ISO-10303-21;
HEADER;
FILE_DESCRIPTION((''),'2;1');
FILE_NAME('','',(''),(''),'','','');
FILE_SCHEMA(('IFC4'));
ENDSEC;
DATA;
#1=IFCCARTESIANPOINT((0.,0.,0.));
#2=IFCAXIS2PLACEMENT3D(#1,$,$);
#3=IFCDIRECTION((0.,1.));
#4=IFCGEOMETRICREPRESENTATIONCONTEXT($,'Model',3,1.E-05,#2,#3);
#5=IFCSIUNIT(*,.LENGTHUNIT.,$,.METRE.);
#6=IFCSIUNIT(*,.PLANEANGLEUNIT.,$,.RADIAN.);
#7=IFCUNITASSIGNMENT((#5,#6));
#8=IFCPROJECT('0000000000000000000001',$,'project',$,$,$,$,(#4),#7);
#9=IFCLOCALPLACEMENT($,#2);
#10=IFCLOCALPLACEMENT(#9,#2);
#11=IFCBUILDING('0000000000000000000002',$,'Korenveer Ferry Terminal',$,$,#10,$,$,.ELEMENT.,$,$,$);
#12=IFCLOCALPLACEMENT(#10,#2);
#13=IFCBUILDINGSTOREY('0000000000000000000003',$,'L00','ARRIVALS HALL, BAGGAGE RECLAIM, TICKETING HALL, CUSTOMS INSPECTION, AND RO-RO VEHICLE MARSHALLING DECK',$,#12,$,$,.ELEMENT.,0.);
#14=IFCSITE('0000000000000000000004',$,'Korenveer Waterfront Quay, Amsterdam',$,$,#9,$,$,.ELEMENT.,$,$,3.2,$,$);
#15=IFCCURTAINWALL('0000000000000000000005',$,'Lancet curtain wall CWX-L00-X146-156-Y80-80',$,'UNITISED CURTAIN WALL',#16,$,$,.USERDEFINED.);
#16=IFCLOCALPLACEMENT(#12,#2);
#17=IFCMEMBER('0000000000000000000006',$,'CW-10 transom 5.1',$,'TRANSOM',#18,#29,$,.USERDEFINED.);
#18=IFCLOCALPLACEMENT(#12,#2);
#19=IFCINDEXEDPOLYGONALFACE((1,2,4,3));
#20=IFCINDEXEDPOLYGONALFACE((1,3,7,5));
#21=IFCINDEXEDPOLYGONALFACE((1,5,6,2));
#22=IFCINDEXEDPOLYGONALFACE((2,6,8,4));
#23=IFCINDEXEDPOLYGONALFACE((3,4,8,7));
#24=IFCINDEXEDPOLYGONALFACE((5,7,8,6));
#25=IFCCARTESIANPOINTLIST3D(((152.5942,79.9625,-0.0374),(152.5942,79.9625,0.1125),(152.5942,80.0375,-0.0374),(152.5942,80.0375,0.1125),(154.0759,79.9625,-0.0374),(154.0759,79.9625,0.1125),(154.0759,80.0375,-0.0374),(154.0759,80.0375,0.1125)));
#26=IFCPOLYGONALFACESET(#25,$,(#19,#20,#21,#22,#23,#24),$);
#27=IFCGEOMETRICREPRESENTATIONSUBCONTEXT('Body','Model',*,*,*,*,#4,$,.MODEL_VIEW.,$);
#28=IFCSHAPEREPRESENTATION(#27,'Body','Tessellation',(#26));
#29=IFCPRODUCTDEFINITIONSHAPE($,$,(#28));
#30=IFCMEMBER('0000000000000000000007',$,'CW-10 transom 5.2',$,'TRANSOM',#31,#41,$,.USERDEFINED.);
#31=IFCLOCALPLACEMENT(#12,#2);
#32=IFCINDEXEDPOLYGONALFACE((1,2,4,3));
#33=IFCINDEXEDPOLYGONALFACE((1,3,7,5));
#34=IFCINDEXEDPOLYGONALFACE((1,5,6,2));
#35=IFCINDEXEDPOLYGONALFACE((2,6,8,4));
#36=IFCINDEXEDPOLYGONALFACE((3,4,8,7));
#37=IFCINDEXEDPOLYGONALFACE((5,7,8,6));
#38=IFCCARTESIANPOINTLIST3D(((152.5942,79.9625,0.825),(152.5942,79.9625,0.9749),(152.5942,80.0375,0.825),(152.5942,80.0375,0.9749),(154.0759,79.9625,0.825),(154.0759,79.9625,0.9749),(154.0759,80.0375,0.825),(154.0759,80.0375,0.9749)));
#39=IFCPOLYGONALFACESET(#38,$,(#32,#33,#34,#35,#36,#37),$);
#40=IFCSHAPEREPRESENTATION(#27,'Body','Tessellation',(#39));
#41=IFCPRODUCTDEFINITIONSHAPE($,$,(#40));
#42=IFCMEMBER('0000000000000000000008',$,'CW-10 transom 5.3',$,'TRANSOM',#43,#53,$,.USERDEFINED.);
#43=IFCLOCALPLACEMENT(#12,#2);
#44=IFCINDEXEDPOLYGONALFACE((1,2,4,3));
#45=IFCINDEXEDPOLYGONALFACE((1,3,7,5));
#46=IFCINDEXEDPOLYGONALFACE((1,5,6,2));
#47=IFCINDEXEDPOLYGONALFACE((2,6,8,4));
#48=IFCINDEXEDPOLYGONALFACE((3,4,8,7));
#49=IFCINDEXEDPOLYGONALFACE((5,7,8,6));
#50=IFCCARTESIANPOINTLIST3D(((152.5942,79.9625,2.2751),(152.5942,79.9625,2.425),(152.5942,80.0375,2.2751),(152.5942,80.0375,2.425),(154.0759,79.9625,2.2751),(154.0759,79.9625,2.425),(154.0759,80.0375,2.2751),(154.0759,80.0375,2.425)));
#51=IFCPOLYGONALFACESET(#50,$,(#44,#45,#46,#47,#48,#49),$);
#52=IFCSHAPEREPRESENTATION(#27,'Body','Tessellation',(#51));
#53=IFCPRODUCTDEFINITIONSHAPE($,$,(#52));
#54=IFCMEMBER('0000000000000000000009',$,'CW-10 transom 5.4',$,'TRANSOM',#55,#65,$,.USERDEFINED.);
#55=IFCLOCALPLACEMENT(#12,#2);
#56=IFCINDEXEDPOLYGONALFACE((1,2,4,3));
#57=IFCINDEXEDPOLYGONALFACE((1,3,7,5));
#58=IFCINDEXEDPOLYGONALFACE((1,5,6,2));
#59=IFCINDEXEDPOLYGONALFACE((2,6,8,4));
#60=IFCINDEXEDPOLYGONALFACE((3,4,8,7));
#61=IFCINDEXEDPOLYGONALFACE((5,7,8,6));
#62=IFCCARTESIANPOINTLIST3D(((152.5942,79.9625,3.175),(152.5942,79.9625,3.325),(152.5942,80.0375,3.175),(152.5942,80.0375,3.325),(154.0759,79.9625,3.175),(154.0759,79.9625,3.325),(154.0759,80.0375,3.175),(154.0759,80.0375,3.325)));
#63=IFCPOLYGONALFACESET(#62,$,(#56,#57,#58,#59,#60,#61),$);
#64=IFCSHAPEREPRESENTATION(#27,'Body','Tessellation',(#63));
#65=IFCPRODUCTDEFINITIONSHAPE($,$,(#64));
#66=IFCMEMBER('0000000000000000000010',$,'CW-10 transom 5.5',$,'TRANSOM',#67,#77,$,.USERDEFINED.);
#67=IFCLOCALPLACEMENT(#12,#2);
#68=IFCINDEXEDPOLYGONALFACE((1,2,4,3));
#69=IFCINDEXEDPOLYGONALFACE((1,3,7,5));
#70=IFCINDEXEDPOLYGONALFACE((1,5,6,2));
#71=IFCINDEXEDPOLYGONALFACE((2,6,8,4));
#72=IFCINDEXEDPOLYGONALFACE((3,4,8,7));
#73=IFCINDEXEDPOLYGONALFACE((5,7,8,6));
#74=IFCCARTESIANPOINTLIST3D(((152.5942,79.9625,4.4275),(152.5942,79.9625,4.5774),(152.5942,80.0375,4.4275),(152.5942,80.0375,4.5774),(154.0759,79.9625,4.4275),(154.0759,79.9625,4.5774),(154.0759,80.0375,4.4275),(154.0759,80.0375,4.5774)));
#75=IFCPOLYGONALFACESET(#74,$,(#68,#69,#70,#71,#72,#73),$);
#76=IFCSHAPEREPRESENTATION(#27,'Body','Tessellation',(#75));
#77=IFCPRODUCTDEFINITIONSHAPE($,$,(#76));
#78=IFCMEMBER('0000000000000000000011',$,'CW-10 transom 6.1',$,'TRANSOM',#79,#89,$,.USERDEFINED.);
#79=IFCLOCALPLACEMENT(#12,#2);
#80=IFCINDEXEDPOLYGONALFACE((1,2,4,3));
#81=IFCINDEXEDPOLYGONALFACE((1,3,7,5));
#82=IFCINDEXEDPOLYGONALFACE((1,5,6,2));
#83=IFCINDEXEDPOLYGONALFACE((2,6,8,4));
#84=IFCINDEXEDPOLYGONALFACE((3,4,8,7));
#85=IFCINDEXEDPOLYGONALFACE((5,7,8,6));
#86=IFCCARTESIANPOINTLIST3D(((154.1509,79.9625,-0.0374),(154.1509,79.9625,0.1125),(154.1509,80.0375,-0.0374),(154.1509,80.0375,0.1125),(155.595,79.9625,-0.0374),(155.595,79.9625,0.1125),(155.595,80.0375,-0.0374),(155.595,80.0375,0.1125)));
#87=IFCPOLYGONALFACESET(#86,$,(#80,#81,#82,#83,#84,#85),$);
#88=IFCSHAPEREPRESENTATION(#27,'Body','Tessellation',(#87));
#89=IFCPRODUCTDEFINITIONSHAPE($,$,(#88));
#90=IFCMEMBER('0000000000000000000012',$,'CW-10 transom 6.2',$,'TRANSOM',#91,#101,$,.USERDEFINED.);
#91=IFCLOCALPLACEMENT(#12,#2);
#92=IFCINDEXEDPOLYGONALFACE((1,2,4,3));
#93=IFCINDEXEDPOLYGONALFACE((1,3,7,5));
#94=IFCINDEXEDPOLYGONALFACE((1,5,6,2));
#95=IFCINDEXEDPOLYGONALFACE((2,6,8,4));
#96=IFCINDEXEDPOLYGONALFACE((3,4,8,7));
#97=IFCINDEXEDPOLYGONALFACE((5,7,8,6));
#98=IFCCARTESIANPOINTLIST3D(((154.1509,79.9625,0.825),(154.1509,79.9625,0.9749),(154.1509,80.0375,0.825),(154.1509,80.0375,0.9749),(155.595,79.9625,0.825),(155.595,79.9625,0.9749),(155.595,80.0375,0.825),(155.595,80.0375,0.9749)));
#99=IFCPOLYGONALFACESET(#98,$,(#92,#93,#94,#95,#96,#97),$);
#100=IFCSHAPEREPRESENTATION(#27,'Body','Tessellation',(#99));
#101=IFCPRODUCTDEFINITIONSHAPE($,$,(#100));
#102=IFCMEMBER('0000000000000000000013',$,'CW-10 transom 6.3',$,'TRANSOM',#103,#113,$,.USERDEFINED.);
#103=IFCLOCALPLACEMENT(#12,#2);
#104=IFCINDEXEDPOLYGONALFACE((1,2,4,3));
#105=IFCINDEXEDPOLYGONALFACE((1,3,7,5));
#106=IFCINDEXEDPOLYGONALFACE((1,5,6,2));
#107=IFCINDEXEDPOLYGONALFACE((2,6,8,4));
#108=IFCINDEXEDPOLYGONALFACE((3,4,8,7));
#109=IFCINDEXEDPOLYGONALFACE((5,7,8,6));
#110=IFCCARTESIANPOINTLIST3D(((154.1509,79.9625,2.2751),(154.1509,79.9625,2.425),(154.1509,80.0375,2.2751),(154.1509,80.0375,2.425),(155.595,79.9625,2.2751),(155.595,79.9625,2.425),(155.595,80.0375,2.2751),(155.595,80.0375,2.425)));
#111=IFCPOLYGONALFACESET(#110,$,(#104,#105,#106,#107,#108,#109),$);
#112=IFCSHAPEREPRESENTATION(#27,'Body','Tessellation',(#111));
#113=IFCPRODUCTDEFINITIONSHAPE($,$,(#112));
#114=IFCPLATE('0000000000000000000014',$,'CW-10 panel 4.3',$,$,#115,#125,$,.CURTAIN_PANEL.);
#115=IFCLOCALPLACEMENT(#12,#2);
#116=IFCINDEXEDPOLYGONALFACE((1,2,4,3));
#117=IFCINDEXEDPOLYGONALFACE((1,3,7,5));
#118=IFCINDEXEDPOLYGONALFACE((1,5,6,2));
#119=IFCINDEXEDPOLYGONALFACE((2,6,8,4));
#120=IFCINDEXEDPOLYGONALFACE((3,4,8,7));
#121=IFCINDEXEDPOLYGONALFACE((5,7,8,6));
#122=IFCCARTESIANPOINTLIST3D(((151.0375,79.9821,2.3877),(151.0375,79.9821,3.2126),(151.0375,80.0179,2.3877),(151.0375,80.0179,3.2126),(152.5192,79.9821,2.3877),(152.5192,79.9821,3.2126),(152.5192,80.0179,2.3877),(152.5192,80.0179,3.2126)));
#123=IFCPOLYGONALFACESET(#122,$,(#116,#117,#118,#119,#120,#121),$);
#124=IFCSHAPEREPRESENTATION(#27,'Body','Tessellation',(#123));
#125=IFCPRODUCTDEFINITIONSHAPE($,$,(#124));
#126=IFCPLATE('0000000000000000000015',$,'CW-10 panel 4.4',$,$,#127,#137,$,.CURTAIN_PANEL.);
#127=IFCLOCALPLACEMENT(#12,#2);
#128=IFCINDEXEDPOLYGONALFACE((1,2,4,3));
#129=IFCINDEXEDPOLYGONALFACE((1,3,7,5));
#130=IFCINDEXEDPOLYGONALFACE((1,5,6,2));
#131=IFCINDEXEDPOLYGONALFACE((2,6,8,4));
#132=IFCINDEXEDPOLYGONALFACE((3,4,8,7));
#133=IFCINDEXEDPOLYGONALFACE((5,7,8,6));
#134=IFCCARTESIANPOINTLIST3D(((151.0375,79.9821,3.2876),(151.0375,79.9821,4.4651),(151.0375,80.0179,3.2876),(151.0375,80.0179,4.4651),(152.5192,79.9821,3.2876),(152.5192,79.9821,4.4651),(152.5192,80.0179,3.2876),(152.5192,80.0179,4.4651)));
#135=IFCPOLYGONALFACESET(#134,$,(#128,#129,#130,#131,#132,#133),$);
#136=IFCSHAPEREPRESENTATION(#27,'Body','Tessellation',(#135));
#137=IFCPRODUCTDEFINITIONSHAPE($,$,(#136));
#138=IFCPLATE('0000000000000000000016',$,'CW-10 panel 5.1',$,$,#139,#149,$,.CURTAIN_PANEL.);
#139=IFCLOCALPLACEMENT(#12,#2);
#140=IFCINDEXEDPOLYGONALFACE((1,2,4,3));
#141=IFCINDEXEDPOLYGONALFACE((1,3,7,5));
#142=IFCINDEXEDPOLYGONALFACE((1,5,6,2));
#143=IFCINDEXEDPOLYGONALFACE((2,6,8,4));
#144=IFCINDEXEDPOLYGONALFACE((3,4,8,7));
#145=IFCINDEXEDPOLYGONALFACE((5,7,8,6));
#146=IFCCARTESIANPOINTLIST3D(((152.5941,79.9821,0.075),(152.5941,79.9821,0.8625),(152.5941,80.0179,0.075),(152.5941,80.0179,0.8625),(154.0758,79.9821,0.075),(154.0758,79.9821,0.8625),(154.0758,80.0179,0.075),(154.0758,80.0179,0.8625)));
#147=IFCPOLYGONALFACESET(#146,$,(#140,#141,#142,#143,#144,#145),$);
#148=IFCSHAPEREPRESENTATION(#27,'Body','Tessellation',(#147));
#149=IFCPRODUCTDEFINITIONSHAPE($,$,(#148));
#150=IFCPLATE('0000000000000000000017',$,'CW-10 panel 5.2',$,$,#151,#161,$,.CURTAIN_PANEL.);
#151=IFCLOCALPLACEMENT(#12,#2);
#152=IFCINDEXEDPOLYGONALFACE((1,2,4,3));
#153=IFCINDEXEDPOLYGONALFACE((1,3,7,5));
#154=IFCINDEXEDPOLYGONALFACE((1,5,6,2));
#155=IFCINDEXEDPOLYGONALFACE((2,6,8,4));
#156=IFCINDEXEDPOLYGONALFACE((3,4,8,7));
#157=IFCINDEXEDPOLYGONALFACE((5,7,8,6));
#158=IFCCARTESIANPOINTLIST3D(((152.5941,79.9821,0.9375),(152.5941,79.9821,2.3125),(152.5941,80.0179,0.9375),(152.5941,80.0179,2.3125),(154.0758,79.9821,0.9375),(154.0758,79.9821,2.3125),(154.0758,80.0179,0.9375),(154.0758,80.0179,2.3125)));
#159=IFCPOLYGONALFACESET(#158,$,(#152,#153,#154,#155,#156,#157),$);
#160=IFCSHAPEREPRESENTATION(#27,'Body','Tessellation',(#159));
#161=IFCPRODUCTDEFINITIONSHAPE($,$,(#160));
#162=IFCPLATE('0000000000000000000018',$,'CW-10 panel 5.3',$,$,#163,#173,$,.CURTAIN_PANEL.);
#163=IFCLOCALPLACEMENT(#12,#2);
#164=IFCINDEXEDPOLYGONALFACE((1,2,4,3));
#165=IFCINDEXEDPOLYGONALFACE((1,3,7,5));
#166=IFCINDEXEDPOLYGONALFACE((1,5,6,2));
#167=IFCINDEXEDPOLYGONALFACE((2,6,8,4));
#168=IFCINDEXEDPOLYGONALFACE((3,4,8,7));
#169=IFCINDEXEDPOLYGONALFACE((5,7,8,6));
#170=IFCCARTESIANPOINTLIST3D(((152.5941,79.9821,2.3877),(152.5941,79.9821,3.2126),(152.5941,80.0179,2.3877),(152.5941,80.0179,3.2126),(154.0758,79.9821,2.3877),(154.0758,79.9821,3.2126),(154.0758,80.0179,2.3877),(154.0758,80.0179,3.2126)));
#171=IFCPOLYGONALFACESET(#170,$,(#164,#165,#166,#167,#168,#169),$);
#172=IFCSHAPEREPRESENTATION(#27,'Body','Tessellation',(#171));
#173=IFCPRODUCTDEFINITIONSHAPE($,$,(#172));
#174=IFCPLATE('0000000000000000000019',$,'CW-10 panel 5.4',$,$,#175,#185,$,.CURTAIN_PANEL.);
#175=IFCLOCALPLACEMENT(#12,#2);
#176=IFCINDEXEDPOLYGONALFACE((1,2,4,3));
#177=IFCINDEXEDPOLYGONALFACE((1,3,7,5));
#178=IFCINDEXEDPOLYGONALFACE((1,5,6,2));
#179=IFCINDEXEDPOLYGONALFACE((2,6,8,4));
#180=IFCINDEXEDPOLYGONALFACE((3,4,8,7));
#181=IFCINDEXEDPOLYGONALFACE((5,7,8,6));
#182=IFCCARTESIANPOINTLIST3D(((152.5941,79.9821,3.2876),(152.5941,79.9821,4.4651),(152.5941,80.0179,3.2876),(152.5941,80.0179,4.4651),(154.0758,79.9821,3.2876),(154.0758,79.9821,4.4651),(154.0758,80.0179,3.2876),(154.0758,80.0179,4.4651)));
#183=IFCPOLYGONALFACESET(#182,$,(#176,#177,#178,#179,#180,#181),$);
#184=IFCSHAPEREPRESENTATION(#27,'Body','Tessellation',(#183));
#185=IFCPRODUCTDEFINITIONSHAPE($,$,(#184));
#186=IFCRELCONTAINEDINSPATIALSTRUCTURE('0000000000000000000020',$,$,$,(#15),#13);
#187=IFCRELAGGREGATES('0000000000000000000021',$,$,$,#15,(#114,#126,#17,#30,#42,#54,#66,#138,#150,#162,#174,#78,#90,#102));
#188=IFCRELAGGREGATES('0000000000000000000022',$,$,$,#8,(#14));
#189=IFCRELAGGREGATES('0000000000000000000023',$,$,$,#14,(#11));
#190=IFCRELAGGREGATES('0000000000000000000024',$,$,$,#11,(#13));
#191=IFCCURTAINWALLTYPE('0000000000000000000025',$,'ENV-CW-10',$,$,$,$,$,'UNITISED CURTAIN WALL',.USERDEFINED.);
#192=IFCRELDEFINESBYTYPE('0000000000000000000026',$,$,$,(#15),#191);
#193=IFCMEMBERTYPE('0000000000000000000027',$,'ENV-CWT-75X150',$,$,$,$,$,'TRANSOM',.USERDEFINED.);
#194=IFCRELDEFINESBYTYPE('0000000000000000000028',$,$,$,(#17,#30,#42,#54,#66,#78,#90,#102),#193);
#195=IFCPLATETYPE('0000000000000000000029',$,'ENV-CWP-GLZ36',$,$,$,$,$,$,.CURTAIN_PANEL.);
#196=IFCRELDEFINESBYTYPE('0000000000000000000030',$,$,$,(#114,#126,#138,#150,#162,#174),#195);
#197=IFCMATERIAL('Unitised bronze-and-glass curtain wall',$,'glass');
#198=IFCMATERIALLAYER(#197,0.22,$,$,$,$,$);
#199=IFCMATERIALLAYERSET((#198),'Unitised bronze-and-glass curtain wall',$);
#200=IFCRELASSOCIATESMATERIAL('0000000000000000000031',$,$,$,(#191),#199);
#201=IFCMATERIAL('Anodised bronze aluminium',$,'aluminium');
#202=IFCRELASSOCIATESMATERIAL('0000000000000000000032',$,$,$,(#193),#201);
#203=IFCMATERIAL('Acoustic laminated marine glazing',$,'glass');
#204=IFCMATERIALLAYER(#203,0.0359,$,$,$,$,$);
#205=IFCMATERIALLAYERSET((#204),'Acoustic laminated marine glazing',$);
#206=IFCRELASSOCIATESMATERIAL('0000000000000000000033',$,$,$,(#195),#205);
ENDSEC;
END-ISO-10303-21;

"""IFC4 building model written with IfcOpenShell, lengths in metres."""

from ifc_helpers import new_model, si_unit, direction, frame, origin, origin_2d, place, context, subcontext, project, spatial, rectangle, extrude, material, layer, layer_set, material_profile, profile_set, type_object, element, aggregate, save


model = new_model("IFC4")

# Units and contexts
model_context = context("Model", 3, precision=1e-05, world=origin(), true_north=direction((0.0, 1.0)))
body_context = subcontext(model_context, "Body", "Model", "MODEL_VIEW")
ifc_project = project(units=[si_unit("LENGTHUNIT", "METRE"), si_unit("PLANEANGLEUNIT", "RADIAN")], contexts=[model_context])

# Site, building, storey
site_placement = place(None, origin())
site = spatial("IfcSite", under=ifc_project, at=site_placement, Name="Korenveer Waterfront Quay, Amsterdam", CompositionType="ELEMENT", RefElevation=3.2)
building_placement = place(site_placement, origin())
building = spatial("IfcBuilding", under=site, at=building_placement, Name="Korenveer Ferry Terminal", CompositionType="ELEMENT")
storey_placement = place(building_placement, origin())
storey = spatial("IfcBuildingStorey", under=building, at=storey_placement, Name="L00", Description="ARRIVALS HALL, BAGGAGE RECLAIM, TICKETING HALL, CUSTOMS INSPECTION, AND RO-RO VEHICLE MARSHALLING DECK", CompositionType="ELEMENT", Elevation=0.0)

# Curtain wall, members, plates
ifc_material_1 = material(Name="Unitised bronze-and-glass curtain wall", Category="glass")
ifc_layer_1 = layer(ifc_material_1, 0.22)
ifc_layer_set_1 = layer_set([ifc_layer_1], Name="Unitised bronze-and-glass curtain wall")
curtain_wall_type = type_object("IfcCurtainWallType", Name="ENV-CW-10", ElementType="UNITISED CURTAIN WALL", PredefinedType="USERDEFINED", material=ifc_layer_set_1)
curtain_wall_placement = place(storey_placement, frame((146.3301, 80.0, 0.0)))
curtain_wall = element("IfcCurtainWall", 1, at=curtain_wall_placement, inside=storey, type_object=curtain_wall_type, Name="Lancet curtain wall CWX-L00-X146-156-Y80-80", ObjectType="UNITISED CURTAIN WALL", PredefinedType="USERDEFINED")
ifc_material_2 = material(Name="Anodised bronze aluminium", Category="aluminium")
ifc_material_profile_1 = material_profile(ifc_material_2, rectangle(XDim=0.075, YDim=0.1499, at=origin_2d()), Name="ALU 75x150")
ifc_profile_set_1 = profile_set([ifc_material_profile_1], Name="Anodised bronze aluminium")
member_type_1 = type_object("IfcMemberType", Name="ENV-CWT-75X150", ElementType="TRANSOM", PredefinedType="USERDEFINED", material=ifc_profile_set_1)
member_1_placement = place(storey_placement, frame((152.5942, 80.0, 0.0376), z_axis=(1.0, 0.0, 0.0), x_axis=(0.0, 1.0, 0.0)))
member_1 = element("IfcMember", 2, at=member_1_placement, type_object=member_type_1, Name="CW-10 transom 5.1", ObjectType="TRANSOM", PredefinedType="USERDEFINED", context=body_context, shape_type="SweptSolid", body=[
    extrude(rectangle(XDim=0.075, YDim=0.1499, at=origin_2d()), origin(), (0.0, 0.0, 1.0), 1.4817),
])
member_2_placement = place(storey_placement, frame((152.5942, 80.0, 0.8999), z_axis=(1.0, 0.0, 0.0), x_axis=(0.0, 1.0, 0.0)))
member_2 = element("IfcMember", 3, at=member_2_placement, type_object=member_type_1, Name="CW-10 transom 5.2", ObjectType="TRANSOM", PredefinedType="USERDEFINED", context=body_context, shape_type="SweptSolid", body=[
    extrude(rectangle(XDim=0.075, YDim=0.1499, at=origin_2d()), origin(), (0.0, 0.0, 1.0), 1.4817),
])
member_3_placement = place(storey_placement, frame((152.5942, 80.0, 2.3501), z_axis=(1.0, 0.0, 0.0), x_axis=(0.0, 1.0, 0.0)))
member_3 = element("IfcMember", 4, at=member_3_placement, type_object=member_type_1, Name="CW-10 transom 5.3", ObjectType="TRANSOM", PredefinedType="USERDEFINED", context=body_context, shape_type="SweptSolid", body=[
    extrude(rectangle(XDim=0.075, YDim=0.1499, at=origin_2d()), origin(), (0.0, 0.0, 1.0), 1.4817),
])
member_4_placement = place(storey_placement, frame((152.5942, 80.0, 3.25), z_axis=(1.0, 0.0, 0.0), x_axis=(0.0, 1.0, 0.0)))
member_4 = element("IfcMember", 5, at=member_4_placement, type_object=member_type_1, Name="CW-10 transom 5.4", ObjectType="TRANSOM", PredefinedType="USERDEFINED", context=body_context, shape_type="SweptSolid", body=[
    extrude(rectangle(XDim=0.075, YDim=0.1499, at=origin_2d()), origin(), (0.0, 0.0, 1.0), 1.4817),
])
member_5_placement = place(storey_placement, frame((152.5942, 80.0, 4.5024), z_axis=(1.0, 0.0, 0.0), x_axis=(0.0, 1.0, 0.0)))
member_5 = element("IfcMember", 6, at=member_5_placement, type_object=member_type_1, Name="CW-10 transom 5.5", ObjectType="TRANSOM", PredefinedType="USERDEFINED", context=body_context, shape_type="SweptSolid", body=[
    extrude(rectangle(XDim=0.075, YDim=0.1499, at=origin_2d()), origin(), (0.0, 0.0, 1.0), 1.4817),
])
member_6_placement = place(storey_placement, frame((154.1509, 80.0, 0.0376), z_axis=(1.0, 0.0, 0.0), x_axis=(0.0, 1.0, 0.0)))
member_6 = element("IfcMember", 7, at=member_6_placement, type_object=member_type_1, Name="CW-10 transom 6.1", ObjectType="TRANSOM", PredefinedType="USERDEFINED", context=body_context, shape_type="SweptSolid", body=[
    extrude(rectangle(XDim=0.075, YDim=0.1499, at=origin_2d()), origin(), (0.0, 0.0, 1.0), 1.4441),
])
member_7_placement = place(storey_placement, frame((154.1509, 80.0, 0.8999), z_axis=(1.0, 0.0, 0.0), x_axis=(0.0, 1.0, 0.0)))
member_7 = element("IfcMember", 8, at=member_7_placement, type_object=member_type_1, Name="CW-10 transom 6.2", ObjectType="TRANSOM", PredefinedType="USERDEFINED", context=body_context, shape_type="SweptSolid", body=[
    extrude(rectangle(XDim=0.075, YDim=0.1499, at=origin_2d()), origin(), (0.0, 0.0, 1.0), 1.4441),
])
member_8_placement = place(storey_placement, frame((154.1509, 80.0, 2.3501), z_axis=(1.0, 0.0, 0.0), x_axis=(0.0, 1.0, 0.0)))
member_8 = element("IfcMember", 9, at=member_8_placement, type_object=member_type_1, Name="CW-10 transom 6.3", ObjectType="TRANSOM", PredefinedType="USERDEFINED", context=body_context, shape_type="SweptSolid", body=[
    extrude(rectangle(XDim=0.075, YDim=0.1499, at=origin_2d()), origin(), (0.0, 0.0, 1.0), 1.4441),
])
ifc_material_3 = material(Name="Acoustic laminated marine glazing", Category="glass")
ifc_layer_2 = layer(ifc_material_3, 0.0359)
ifc_layer_set_2 = layer_set([ifc_layer_2], Name="Acoustic laminated marine glazing")
plate_type = type_object("IfcPlateType", Name="ENV-CWP-GLZ36", PredefinedType="CURTAIN_PANEL", material=ifc_layer_set_2)
plate_1_placement = place(storey_placement, frame((151.7783, 80.0, 2.3877), z_axis=(0.0, 0.0, 1.0), x_axis=(1.0, 0.0, 0.0)))
plate_1 = element("IfcPlate", 10, at=plate_1_placement, type_object=plate_type, Name="CW-10 panel 4.3", PredefinedType="CURTAIN_PANEL", context=body_context, shape_type="SweptSolid", body=[
    extrude(rectangle(XDim=1.4817, YDim=0.0359, at=origin_2d()), origin(), (0.0, 0.0, 1.0), 0.825),
])
plate_2_placement = place(storey_placement, frame((151.7783, 80.0, 3.2876), z_axis=(0.0, 0.0, 1.0), x_axis=(1.0, 0.0, 0.0)))
plate_2 = element("IfcPlate", 11, at=plate_2_placement, type_object=plate_type, Name="CW-10 panel 4.4", PredefinedType="CURTAIN_PANEL", context=body_context, shape_type="SweptSolid", body=[
    extrude(rectangle(XDim=1.4817, YDim=0.0359, at=origin_2d()), origin(), (0.0, 0.0, 1.0), 1.1775),
])
plate_3_placement = place(storey_placement, frame((153.335, 80.0, 0.075), z_axis=(0.0, 0.0, 1.0), x_axis=(1.0, 0.0, 0.0)))
plate_3 = element("IfcPlate", 12, at=plate_3_placement, type_object=plate_type, Name="CW-10 panel 5.1", PredefinedType="CURTAIN_PANEL", context=body_context, shape_type="SweptSolid", body=[
    extrude(rectangle(XDim=1.4817, YDim=0.0359, at=origin_2d()), origin(), (0.0, 0.0, 1.0), 0.7876),
])
plate_4_placement = place(storey_placement, frame((153.335, 80.0, 0.9375), z_axis=(0.0, 0.0, 1.0), x_axis=(1.0, 0.0, 0.0)))
plate_4 = element("IfcPlate", 13, at=plate_4_placement, type_object=plate_type, Name="CW-10 panel 5.2", PredefinedType="CURTAIN_PANEL", context=body_context, shape_type="SweptSolid", body=[
    extrude(rectangle(XDim=1.4817, YDim=0.0359, at=origin_2d()), origin(), (0.0, 0.0, 1.0), 1.375),
])
plate_5_placement = place(storey_placement, frame((153.335, 80.0, 2.3877), z_axis=(0.0, 0.0, 1.0), x_axis=(1.0, 0.0, 0.0)))
plate_5 = element("IfcPlate", 14, at=plate_5_placement, type_object=plate_type, Name="CW-10 panel 5.3", PredefinedType="CURTAIN_PANEL", context=body_context, shape_type="SweptSolid", body=[
    extrude(rectangle(XDim=1.4817, YDim=0.0359, at=origin_2d()), origin(), (0.0, 0.0, 1.0), 0.825),
])
plate_6_placement = place(storey_placement, frame((153.335, 80.0, 3.2876), z_axis=(0.0, 0.0, 1.0), x_axis=(1.0, 0.0, 0.0)))
plate_6 = element("IfcPlate", 15, at=plate_6_placement, type_object=plate_type, Name="CW-10 panel 5.4", PredefinedType="CURTAIN_PANEL", context=body_context, shape_type="SweptSolid", body=[
    extrude(rectangle(XDim=1.4817, YDim=0.0359, at=origin_2d()), origin(), (0.0, 0.0, 1.0), 1.1775),
])
aggregate(curtain_wall, [plate_1, plate_2, member_1, member_2, member_3, member_4, member_5, plate_3, plate_4, plate_5, plate_6, member_6, member_7, member_8])

save(model, "model.ifc")
